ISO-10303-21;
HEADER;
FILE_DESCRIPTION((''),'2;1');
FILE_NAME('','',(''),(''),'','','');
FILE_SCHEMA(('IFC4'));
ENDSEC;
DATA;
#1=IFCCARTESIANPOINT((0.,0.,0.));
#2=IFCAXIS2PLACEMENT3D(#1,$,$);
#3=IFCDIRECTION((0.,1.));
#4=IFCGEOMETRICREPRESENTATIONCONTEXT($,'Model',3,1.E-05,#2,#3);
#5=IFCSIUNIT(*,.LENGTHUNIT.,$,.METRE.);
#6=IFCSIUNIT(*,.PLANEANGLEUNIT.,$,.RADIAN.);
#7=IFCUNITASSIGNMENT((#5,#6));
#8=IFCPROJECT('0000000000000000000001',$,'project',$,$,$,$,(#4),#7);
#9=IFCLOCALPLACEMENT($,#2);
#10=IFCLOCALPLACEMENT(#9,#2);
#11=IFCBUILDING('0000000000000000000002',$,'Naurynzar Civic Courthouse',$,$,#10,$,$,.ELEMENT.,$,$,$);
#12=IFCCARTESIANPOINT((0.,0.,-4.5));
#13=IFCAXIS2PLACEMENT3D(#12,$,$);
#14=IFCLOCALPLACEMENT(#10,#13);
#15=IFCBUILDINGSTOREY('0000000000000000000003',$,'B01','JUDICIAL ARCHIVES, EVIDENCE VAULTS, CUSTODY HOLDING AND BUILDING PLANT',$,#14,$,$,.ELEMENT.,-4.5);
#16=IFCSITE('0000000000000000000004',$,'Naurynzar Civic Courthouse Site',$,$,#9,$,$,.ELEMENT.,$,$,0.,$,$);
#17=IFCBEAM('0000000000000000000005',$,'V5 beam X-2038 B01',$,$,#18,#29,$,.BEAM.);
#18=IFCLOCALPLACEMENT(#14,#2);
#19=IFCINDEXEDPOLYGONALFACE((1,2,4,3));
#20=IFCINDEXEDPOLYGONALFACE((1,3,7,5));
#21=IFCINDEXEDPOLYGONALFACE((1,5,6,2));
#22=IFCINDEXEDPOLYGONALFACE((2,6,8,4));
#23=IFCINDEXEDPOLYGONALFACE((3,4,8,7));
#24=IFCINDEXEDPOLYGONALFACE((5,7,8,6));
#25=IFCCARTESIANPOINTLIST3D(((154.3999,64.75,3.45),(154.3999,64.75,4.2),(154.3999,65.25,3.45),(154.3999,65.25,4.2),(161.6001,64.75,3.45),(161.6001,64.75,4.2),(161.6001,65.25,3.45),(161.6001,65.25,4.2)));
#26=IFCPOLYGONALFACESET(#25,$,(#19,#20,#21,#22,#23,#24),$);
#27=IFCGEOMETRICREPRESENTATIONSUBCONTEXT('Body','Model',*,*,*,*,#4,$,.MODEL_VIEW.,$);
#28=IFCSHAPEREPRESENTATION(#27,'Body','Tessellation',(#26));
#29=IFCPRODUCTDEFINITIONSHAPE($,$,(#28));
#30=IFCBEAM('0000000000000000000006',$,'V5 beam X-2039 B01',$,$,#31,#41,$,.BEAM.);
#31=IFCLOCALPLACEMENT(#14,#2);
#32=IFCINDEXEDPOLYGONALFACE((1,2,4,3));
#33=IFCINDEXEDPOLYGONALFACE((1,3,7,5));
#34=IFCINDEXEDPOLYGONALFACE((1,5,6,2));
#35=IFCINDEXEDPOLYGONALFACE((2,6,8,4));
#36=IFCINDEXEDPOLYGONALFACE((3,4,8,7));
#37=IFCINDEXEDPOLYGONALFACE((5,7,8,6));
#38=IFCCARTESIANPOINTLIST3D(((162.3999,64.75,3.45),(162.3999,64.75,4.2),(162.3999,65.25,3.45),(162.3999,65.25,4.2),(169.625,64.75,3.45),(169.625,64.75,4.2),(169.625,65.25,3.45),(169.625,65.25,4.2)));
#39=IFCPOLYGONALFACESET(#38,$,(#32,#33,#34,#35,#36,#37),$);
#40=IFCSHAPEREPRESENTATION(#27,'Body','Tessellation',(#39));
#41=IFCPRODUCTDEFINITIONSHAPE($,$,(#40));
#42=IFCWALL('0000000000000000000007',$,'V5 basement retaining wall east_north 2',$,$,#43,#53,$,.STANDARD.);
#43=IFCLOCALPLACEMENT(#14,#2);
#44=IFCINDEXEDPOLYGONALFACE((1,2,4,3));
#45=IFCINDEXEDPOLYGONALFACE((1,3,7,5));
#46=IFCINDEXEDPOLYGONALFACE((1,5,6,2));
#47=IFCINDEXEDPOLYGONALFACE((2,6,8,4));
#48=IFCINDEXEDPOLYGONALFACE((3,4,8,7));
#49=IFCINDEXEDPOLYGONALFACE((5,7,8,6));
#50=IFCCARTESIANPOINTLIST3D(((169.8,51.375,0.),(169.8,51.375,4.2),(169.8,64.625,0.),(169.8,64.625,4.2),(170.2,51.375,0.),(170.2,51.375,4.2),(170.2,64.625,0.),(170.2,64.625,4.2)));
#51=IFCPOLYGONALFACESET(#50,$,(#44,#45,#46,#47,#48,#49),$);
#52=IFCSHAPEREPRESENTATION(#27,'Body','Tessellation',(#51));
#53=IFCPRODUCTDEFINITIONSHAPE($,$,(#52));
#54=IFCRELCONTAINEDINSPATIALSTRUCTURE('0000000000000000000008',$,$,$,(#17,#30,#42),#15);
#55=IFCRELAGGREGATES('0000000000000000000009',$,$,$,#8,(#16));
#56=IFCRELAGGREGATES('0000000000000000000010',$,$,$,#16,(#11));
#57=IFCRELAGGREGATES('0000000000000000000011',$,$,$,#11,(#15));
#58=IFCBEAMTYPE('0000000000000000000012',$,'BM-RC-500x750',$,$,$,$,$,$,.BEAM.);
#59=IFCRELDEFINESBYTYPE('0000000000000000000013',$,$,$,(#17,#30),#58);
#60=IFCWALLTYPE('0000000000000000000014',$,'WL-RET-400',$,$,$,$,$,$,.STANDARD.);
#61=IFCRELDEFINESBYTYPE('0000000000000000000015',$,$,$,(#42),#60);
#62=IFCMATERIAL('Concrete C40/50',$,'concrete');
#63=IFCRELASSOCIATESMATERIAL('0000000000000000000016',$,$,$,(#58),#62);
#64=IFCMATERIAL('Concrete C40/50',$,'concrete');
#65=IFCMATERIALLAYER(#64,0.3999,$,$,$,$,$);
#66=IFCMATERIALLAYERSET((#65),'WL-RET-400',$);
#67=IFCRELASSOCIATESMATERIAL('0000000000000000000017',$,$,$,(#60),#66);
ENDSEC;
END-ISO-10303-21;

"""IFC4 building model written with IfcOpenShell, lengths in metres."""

from ifc_helpers import new_model, si_unit, direction, frame, frame_2d, origin, origin_2d, place, context, subcontext, project, spatial, rectangle, extrude, material, layer, layer_set, material_profile, profile_set, type_object, element, save


model = new_model("IFC4")

# Units and contexts
model_context = context("Model", 3, precision=1e-05, world=origin(), true_north=direction((0.0, 1.0)))
body_context = subcontext(model_context, "Body", "Model", "MODEL_VIEW")
ifc_project = project(units=[si_unit("LENGTHUNIT", "METRE"), si_unit("PLANEANGLEUNIT", "RADIAN")], contexts=[model_context])

# Site, building, storey
site_placement = place(None, origin())
site = spatial("IfcSite", under=ifc_project, at=site_placement, Name="Naurynzar Civic Courthouse Site", CompositionType="ELEMENT", RefElevation=0.0)
building_placement = place(site_placement, origin())
building = spatial("IfcBuilding", under=site, at=building_placement, Name="Naurynzar Civic Courthouse", CompositionType="ELEMENT")
storey_placement = place(building_placement, frame((0.0, 0.0, -4.5)))
storey = spatial("IfcBuildingStorey", under=building, at=storey_placement, Name="B01", Description="JUDICIAL ARCHIVES, EVIDENCE VAULTS, CUSTODY HOLDING AND BUILDING PLANT", CompositionType="ELEMENT", Elevation=-4.5)

# Beams
ifc_material_1 = material(Name="Concrete C40/50", Category="concrete")
ifc_material_profile_1 = material_profile(ifc_material_1, rectangle(XDim=0.5, YDim=0.75, at=origin_2d()), Name="RCB 500x750")
ifc_profile_set_1 = profile_set([ifc_material_profile_1], Name="Concrete C40/50")
beam_type_1 = type_object("IfcBeamType", Name="BM-RC-500x750", PredefinedType="BEAM", material=ifc_profile_set_1)
beam_1_placement = place(storey_placement, frame((154.3999, 65.0, 3.825), z_axis=(1.0, 0.0, 0.0), x_axis=(0.0, 1.0, 0.0)))
element("IfcBeam", 1, at=beam_1_placement, inside=storey, type_object=beam_type_1, Name="V5 beam X-2038 B01", PredefinedType="BEAM", context=body_context, shape_type="SweptSolid", body=[
    extrude(rectangle(XDim=0.5, YDim=0.75, at=origin_2d()), origin(), (0.0, 0.0, 1.0), 7.2002),
])
beam_2_placement = place(storey_placement, frame((162.3999, 65.0, 3.825), z_axis=(1.0, 0.0, 0.0), x_axis=(0.0, 1.0, 0.0)))
element("IfcBeam", 2, at=beam_2_placement, inside=storey, type_object=beam_type_1, Name="V5 beam X-2039 B01", PredefinedType="BEAM", context=body_context, shape_type="SweptSolid", body=[
    extrude(rectangle(XDim=0.5, YDim=0.75, at=origin_2d()), origin(), (0.0, 0.0, 1.0), 7.2251),
])

# Wall
ifc_material_2 = material(Name="Concrete C40/50", Category="concrete")
ifc_layer = layer(ifc_material_2, 0.3999)
ifc_layer_set = layer_set([ifc_layer], Name="WL-RET-400")
wall_type = type_object("IfcWallType", Name="WL-RET-400", PredefinedType="STANDARD", material=ifc_layer_set)
wall_placement = place(storey_placement, frame((170.0, 64.625, 0.0), z_axis=(0.0, 0.0, 1.0), x_axis=(0.0, -1.0, 0.0)))
element("IfcWall", 3, at=wall_placement, inside=storey, type_object=wall_type, Name="V5 basement retaining wall east_north 2", PredefinedType="STANDARD", context=body_context, shape_type="SweptSolid", body=[
    extrude(rectangle(XDim=13.25, YDim=0.3999, at=frame_2d((6.625, 0.0))), origin(), (0.0, 0.0, 1.0), 4.2),
])

save(model, "model.ifc")
